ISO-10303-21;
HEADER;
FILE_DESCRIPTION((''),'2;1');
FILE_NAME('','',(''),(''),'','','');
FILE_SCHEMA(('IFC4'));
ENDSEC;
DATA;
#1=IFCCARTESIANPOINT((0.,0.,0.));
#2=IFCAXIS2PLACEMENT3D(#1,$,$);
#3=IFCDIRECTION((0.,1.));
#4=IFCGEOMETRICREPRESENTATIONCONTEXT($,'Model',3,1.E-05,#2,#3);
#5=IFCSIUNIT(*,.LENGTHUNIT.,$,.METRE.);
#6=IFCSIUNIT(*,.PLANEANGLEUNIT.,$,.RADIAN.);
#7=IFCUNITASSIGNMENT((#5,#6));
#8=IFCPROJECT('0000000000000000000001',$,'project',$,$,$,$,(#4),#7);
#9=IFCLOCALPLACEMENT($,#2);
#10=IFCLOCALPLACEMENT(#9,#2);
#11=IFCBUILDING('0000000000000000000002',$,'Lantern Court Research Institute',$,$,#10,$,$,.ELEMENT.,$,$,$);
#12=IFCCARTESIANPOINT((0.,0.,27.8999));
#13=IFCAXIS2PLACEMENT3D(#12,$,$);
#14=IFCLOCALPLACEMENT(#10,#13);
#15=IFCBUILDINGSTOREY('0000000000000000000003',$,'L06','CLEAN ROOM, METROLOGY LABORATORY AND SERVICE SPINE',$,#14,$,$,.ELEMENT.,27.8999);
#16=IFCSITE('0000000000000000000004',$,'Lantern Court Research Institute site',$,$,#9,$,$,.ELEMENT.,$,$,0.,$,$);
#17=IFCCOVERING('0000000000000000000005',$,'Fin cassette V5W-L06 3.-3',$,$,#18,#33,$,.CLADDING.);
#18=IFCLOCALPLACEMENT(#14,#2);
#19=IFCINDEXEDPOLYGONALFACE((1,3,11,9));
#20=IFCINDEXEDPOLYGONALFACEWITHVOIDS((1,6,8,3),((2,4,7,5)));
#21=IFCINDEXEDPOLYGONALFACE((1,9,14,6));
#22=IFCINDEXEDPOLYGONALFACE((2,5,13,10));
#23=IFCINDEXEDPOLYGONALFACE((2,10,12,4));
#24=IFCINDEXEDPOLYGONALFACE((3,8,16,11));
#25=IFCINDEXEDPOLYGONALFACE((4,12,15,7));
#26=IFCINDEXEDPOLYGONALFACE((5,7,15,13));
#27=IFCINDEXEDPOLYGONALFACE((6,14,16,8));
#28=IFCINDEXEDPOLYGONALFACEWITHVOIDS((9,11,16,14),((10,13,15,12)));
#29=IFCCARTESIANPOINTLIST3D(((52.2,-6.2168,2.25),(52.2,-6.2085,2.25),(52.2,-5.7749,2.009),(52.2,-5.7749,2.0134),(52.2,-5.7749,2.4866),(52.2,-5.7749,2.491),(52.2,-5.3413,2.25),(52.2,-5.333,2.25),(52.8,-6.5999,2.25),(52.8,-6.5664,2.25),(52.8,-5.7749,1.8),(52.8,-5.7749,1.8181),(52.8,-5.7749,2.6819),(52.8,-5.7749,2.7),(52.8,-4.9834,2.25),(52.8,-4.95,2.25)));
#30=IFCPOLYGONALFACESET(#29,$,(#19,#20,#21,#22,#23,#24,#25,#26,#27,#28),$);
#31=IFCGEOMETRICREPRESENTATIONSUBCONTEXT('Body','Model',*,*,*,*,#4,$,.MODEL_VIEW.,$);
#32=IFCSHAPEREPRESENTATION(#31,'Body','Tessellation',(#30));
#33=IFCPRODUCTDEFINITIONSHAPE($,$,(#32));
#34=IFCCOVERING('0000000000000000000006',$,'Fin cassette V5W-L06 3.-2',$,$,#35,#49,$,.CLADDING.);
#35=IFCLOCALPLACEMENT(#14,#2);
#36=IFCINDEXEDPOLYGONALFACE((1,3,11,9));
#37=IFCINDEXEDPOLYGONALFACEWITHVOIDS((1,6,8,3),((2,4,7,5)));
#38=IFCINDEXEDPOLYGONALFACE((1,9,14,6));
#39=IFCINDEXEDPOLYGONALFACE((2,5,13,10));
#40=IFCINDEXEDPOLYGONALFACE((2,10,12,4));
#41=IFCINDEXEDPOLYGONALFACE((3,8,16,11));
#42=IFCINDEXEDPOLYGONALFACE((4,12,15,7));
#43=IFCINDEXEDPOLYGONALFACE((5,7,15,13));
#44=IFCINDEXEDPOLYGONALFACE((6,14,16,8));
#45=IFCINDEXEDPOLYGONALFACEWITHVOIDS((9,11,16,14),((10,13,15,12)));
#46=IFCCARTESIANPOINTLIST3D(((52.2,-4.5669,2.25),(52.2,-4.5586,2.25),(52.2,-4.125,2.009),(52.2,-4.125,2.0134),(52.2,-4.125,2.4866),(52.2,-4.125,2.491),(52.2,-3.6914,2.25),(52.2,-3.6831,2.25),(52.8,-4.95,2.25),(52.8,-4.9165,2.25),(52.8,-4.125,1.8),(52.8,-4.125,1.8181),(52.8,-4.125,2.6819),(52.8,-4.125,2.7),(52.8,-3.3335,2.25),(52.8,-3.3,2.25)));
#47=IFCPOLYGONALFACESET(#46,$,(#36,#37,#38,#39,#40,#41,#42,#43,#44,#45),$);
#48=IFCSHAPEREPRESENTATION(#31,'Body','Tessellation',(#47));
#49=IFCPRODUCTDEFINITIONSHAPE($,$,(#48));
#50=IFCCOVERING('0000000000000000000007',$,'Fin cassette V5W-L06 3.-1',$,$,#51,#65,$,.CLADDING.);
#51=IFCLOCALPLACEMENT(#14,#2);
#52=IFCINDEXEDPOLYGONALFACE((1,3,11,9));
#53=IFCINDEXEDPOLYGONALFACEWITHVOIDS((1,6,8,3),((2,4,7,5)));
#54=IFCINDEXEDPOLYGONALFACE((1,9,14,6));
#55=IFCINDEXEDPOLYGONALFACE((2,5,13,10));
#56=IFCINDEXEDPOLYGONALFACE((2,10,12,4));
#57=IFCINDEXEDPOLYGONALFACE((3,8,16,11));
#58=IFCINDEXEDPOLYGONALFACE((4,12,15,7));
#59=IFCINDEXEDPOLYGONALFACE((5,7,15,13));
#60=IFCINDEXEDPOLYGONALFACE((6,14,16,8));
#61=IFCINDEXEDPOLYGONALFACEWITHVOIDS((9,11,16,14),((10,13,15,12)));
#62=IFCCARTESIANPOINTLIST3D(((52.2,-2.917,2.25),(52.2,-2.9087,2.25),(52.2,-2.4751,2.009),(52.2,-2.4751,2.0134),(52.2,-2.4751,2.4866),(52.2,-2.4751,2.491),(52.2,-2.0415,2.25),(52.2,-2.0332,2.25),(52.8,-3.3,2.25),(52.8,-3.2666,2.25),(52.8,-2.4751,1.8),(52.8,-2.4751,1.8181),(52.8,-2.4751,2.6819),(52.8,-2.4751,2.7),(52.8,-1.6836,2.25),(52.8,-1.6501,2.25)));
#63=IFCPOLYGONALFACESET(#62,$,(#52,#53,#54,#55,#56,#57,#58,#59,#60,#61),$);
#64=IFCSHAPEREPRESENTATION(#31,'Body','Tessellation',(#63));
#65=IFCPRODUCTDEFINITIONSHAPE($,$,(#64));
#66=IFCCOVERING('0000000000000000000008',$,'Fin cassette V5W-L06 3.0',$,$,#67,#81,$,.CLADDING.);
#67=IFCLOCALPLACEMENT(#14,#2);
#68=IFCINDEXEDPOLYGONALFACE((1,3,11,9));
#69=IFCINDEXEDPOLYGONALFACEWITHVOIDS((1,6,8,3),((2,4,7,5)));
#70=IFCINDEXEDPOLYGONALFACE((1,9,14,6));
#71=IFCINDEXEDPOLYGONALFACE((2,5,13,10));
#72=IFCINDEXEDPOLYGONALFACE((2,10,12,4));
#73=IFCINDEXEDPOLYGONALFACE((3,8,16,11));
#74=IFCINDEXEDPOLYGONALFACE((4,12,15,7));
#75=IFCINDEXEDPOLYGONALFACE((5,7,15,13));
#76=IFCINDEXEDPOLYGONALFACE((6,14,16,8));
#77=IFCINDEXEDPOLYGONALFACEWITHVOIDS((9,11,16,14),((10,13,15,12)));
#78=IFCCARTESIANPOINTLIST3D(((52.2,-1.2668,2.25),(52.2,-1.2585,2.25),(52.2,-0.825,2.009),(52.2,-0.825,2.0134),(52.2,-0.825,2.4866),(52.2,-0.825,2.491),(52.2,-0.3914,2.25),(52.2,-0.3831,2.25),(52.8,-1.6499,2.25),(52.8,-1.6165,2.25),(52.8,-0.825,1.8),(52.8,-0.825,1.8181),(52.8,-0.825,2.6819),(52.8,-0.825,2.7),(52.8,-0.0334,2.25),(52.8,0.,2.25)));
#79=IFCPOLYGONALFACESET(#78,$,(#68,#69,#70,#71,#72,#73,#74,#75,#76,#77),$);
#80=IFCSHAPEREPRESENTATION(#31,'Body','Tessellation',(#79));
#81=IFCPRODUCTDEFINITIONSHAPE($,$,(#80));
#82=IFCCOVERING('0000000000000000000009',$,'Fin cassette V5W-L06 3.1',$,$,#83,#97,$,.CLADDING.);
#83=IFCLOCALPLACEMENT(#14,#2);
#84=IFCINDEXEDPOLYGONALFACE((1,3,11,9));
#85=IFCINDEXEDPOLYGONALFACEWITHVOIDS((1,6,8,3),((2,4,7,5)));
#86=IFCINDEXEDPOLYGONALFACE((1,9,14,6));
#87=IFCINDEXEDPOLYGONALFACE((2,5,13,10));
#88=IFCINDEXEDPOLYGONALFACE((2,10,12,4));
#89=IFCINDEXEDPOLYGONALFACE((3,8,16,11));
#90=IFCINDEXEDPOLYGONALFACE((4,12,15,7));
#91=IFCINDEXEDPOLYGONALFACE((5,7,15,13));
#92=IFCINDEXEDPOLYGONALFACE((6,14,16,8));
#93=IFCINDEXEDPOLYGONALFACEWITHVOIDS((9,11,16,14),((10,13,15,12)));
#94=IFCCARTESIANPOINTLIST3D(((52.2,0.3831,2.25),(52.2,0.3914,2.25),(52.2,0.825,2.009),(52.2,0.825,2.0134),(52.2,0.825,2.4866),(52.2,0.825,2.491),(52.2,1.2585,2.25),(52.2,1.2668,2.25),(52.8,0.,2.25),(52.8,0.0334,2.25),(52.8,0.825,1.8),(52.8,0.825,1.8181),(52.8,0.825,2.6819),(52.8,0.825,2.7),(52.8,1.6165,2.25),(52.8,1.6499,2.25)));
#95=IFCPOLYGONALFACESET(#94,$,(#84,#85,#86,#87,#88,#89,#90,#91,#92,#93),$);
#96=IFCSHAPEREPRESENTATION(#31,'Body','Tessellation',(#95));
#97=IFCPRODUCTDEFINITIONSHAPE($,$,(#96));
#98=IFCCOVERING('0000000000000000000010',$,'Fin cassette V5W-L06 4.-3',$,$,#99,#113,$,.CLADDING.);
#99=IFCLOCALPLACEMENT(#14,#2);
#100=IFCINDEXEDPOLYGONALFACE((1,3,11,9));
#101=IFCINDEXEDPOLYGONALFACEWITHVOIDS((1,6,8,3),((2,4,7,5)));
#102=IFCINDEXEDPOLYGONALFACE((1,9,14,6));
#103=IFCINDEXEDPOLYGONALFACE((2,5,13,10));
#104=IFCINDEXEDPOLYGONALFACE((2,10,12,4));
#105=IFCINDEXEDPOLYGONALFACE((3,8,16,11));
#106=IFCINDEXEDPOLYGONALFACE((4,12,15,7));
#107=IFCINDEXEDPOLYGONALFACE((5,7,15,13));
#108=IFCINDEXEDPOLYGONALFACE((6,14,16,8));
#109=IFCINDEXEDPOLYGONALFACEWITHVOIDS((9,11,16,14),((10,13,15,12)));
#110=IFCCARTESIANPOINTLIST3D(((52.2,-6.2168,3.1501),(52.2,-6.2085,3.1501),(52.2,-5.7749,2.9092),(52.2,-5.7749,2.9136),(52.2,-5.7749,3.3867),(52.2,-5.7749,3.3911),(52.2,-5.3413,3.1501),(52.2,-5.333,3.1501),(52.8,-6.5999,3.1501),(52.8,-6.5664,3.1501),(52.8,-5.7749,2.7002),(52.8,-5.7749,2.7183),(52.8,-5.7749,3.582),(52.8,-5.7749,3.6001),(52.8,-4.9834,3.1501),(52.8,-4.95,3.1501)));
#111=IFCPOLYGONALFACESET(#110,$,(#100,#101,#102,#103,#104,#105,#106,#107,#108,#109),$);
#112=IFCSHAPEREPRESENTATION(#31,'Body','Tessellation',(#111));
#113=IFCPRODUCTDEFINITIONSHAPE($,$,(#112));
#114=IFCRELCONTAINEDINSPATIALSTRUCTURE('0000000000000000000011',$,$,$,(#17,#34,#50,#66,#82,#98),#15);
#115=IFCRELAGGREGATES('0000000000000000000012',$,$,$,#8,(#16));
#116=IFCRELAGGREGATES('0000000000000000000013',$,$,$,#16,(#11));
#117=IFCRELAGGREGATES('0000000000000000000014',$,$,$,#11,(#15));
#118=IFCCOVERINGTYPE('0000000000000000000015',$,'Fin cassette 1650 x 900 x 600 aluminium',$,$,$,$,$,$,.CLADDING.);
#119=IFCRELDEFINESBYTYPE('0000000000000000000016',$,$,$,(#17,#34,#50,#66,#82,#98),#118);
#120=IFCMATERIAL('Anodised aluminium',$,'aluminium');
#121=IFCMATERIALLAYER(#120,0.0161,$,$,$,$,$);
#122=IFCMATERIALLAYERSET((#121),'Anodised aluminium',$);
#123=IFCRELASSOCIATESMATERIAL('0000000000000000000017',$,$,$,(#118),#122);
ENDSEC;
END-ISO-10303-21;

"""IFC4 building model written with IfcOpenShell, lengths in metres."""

from ifc_helpers import new_model, entity, si_unit, direction, frame, origin, place, context, subcontext, project, spatial, material, layer, layer_set, type_object, element, save


model = new_model("IFC4")

# Units and contexts
model_context = context("Model", 3, precision=1e-05, world=origin(), true_north=direction((0.0, 1.0)))
body_context = subcontext(model_context, "Body", "Model", "MODEL_VIEW")
ifc_project = project(units=[si_unit("LENGTHUNIT", "METRE"), si_unit("PLANEANGLEUNIT", "RADIAN")], contexts=[model_context])

# Site, building, storey
site_placement = place(None, origin())
site = spatial("IfcSite", under=ifc_project, at=site_placement, Name="Lantern Court Research Institute site", CompositionType="ELEMENT", RefElevation=0.0)
building_placement = place(site_placement, origin())
building = spatial("IfcBuilding", under=site, at=building_placement, Name="Lantern Court Research Institute", CompositionType="ELEMENT")
storey_placement = place(building_placement, frame((0.0, 0.0, 27.8999)))
storey = spatial("IfcBuildingStorey", under=building, at=storey_placement, Name="L06", Description="CLEAN ROOM, METROLOGY LABORATORY AND SERVICE SPINE", CompositionType="ELEMENT", Elevation=27.8999)

# Coverings
ifc_material_1 = material(Name="Anodised aluminium", Category="aluminium")
ifc_layer = layer(ifc_material_1, 0.0161)
ifc_layer_set = layer_set([ifc_layer], Name="Anodised aluminium")
covering_type = type_object("IfcCoveringType", Name="Fin cassette 1650 x 900 x 600 aluminium", PredefinedType="CLADDING", material=ifc_layer_set)
covering_1_placement = place(storey_placement, frame((52.8, -5.7749, 2.25), z_axis=(-1.0, 0.0, 0.0), x_axis=(0.0, -1.0, 0.0)))
cartesian_point_1 = entity("IfcCartesianPoint", [0.825, 0.0])
cartesian_point_2 = entity("IfcCartesianPoint", [0.7915, 0.0])
cartesian_point_3 = entity("IfcCartesianPoint", [0.4419, 0.0])
cartesian_point_4 = entity("IfcCartesianPoint", [0.4336, 0.0])
element("IfcCovering", 1, at=covering_1_placement, inside=storey, type_object=covering_type, Name="Fin cassette V5W-L06 3.-3", PredefinedType="CLADDING", context=body_context, shape_type="SweptSolid", body=[
    entity("IfcExtrudedAreaSolidTapered", entity("IfcArbitraryProfileDefWithVoids", "AREA", None, entity("IfcPolyline", [cartesian_point_1, entity("IfcCartesianPoint", [0.0, 0.45]), entity("IfcCartesianPoint", [-0.825, 0.0]), entity("IfcCartesianPoint", [0.0, -0.45]), cartesian_point_1]), [entity("IfcPolyline", [cartesian_point_2, entity("IfcCartesianPoint", [0.0, 0.4319]), entity("IfcCartesianPoint", [-0.7915, 0.0]), entity("IfcCartesianPoint", [0.0, -0.4319]), cartesian_point_2])]), entity("IfcAxis2Placement3D", entity("IfcCartesianPoint", [0.0, 0.0, 0.0])), entity("IfcDirection", [0.0, 0.0, 1.0]), 0.6001, entity("IfcArbitraryProfileDefWithVoids", "AREA", None, entity("IfcPolyline", [cartesian_point_3, entity("IfcCartesianPoint", [0.0, 0.241]), entity("IfcCartesianPoint", [-0.4419, 0.0]), entity("IfcCartesianPoint", [0.0, -0.241]), cartesian_point_3]), [entity("IfcPolyline", [cartesian_point_4, entity("IfcCartesianPoint", [0.0, 0.2366]), entity("IfcCartesianPoint", [-0.4336, 0.0]), entity("IfcCartesianPoint", [0.0, -0.2366]), cartesian_point_4])])),
])
covering_2_placement = place(storey_placement, frame((52.8, -4.125, 2.25), z_axis=(-1.0, 0.0, 0.0), x_axis=(0.0, -1.0, 0.0)))
cartesian_point_5 = entity("IfcCartesianPoint", [0.825, 0.0])
cartesian_point_6 = entity("IfcCartesianPoint", [0.7915, 0.0])
cartesian_point_7 = entity("IfcCartesianPoint", [0.4419, 0.0])
cartesian_point_8 = entity("IfcCartesianPoint", [0.4336, 0.0])
element("IfcCovering", 2, at=covering_2_placement, inside=storey, type_object=covering_type, Name="Fin cassette V5W-L06 3.-2", PredefinedType="CLADDING", context=body_context, shape_type="SweptSolid", body=[
    entity("IfcExtrudedAreaSolidTapered", entity("IfcArbitraryProfileDefWithVoids", "AREA", None, entity("IfcPolyline", [cartesian_point_5, entity("IfcCartesianPoint", [0.0, 0.45]), entity("IfcCartesianPoint", [-0.825, 0.0]), entity("IfcCartesianPoint", [0.0, -0.45]), cartesian_point_5]), [entity("IfcPolyline", [cartesian_point_6, entity("IfcCartesianPoint", [0.0, 0.4319]), entity("IfcCartesianPoint", [-0.7915, 0.0]), entity("IfcCartesianPoint", [0.0, -0.4319]), cartesian_point_6])]), entity("IfcAxis2Placement3D", entity("IfcCartesianPoint", [0.0, 0.0, 0.0])), entity("IfcDirection", [0.0, 0.0, 1.0]), 0.6001, entity("IfcArbitraryProfileDefWithVoids", "AREA", None, entity("IfcPolyline", [cartesian_point_7, entity("IfcCartesianPoint", [0.0, 0.241]), entity("IfcCartesianPoint", [-0.4419, 0.0]), entity("IfcCartesianPoint", [0.0, -0.241]), cartesian_point_7]), [entity("IfcPolyline", [cartesian_point_8, entity("IfcCartesianPoint", [0.0, 0.2366]), entity("IfcCartesianPoint", [-0.4336, 0.0]), entity("IfcCartesianPoint", [0.0, -0.2366]), cartesian_point_8])])),
])
covering_3_placement = place(storey_placement, frame((52.8, -2.4751, 2.25), z_axis=(-1.0, 0.0, 0.0), x_axis=(0.0, -1.0, 0.0)))
cartesian_point_9 = entity("IfcCartesianPoint", [0.825, 0.0])
cartesian_point_10 = entity("IfcCartesianPoint", [0.7915, 0.0])
cartesian_point_11 = entity("IfcCartesianPoint", [0.4419, 0.0])
cartesian_point_12 = entity("IfcCartesianPoint", [0.4336, 0.0])
element("IfcCovering", 3, at=covering_3_placement, inside=storey, type_object=covering_type, Name="Fin cassette V5W-L06 3.-1", PredefinedType="CLADDING", context=body_context, shape_type="SweptSolid", body=[
    entity("IfcExtrudedAreaSolidTapered", entity("IfcArbitraryProfileDefWithVoids", "AREA", None, entity("IfcPolyline", [cartesian_point_9, entity("IfcCartesianPoint", [0.0, 0.45]), entity("IfcCartesianPoint", [-0.825, 0.0]), entity("IfcCartesianPoint", [0.0, -0.45]), cartesian_point_9]), [entity("IfcPolyline", [cartesian_point_10, entity("IfcCartesianPoint", [0.0, 0.4319]), entity("IfcCartesianPoint", [-0.7915, 0.0]), entity("IfcCartesianPoint", [0.0, -0.4319]), cartesian_point_10])]), entity("IfcAxis2Placement3D", entity("IfcCartesianPoint", [0.0, 0.0, 0.0])), entity("IfcDirection", [0.0, 0.0, 1.0]), 0.6001, entity("IfcArbitraryProfileDefWithVoids", "AREA", None, entity("IfcPolyline", [cartesian_point_11, entity("IfcCartesianPoint", [0.0, 0.241]), entity("IfcCartesianPoint", [-0.4419, 0.0]), entity("IfcCartesianPoint", [0.0, -0.241]), cartesian_point_11]), [entity("IfcPolyline", [cartesian_point_12, entity("IfcCartesianPoint", [0.0, 0.2366]), entity("IfcCartesianPoint", [-0.4336, 0.0]), entity("IfcCartesianPoint", [0.0, -0.2366]), cartesian_point_12])])),
])
covering_4_placement = place(storey_placement, frame((52.8, -0.825, 2.25), z_axis=(-1.0, 0.0, 0.0), x_axis=(0.0, -1.0, 0.0)))
cartesian_point_13 = entity("IfcCartesianPoint", [0.825, 0.0])
cartesian_point_14 = entity("IfcCartesianPoint", [0.7915, 0.0])
cartesian_point_15 = entity("IfcCartesianPoint", [0.4419, 0.0])
cartesian_point_16 = entity("IfcCartesianPoint", [0.4336, 0.0])
element("IfcCovering", 4, at=covering_4_placement, inside=storey, type_object=covering_type, Name="Fin cassette V5W-L06 3.0", PredefinedType="CLADDING", context=body_context, shape_type="SweptSolid", body=[
    entity("IfcExtrudedAreaSolidTapered", entity("IfcArbitraryProfileDefWithVoids", "AREA", None, entity("IfcPolyline", [cartesian_point_13, entity("IfcCartesianPoint", [0.0, 0.45]), entity("IfcCartesianPoint", [-0.825, 0.0]), entity("IfcCartesianPoint", [0.0, -0.45]), cartesian_point_13]), [entity("IfcPolyline", [cartesian_point_14, entity("IfcCartesianPoint", [0.0, 0.4319]), entity("IfcCartesianPoint", [-0.7915, 0.0]), entity("IfcCartesianPoint", [0.0, -0.4319]), cartesian_point_14])]), entity("IfcAxis2Placement3D", entity("IfcCartesianPoint", [0.0, 0.0, 0.0])), entity("IfcDirection", [0.0, 0.0, 1.0]), 0.6001, entity("IfcArbitraryProfileDefWithVoids", "AREA", None, entity("IfcPolyline", [cartesian_point_15, entity("IfcCartesianPoint", [0.0, 0.241]), entity("IfcCartesianPoint", [-0.4419, 0.0]), entity("IfcCartesianPoint", [0.0, -0.241]), cartesian_point_15]), [entity("IfcPolyline", [cartesian_point_16, entity("IfcCartesianPoint", [0.0, 0.2366]), entity("IfcCartesianPoint", [-0.4336, 0.0]), entity("IfcCartesianPoint", [0.0, -0.2366]), cartesian_point_16])])),
])
covering_5_placement = place(storey_placement, frame((52.8, 0.825, 2.25), z_axis=(-1.0, 0.0, 0.0), x_axis=(0.0, -1.0, 0.0)))
cartesian_point_17 = entity("IfcCartesianPoint", [0.825, 0.0])
cartesian_point_18 = entity("IfcCartesianPoint", [0.7915, 0.0])
cartesian_point_19 = entity("IfcCartesianPoint", [0.4419, 0.0])
cartesian_point_20 = entity("IfcCartesianPoint", [0.4336, 0.0])
element("IfcCovering", 5, at=covering_5_placement, inside=storey, type_object=covering_type, Name="Fin cassette V5W-L06 3.1", PredefinedType="CLADDING", context=body_context, shape_type="SweptSolid", body=[
    entity("IfcExtrudedAreaSolidTapered", entity("IfcArbitraryProfileDefWithVoids", "AREA", None, entity("IfcPolyline", [cartesian_point_17, entity("IfcCartesianPoint", [0.0, 0.45]), entity("IfcCartesianPoint", [-0.825, 0.0]), entity("IfcCartesianPoint", [0.0, -0.45]), cartesian_point_17]), [entity("IfcPolyline", [cartesian_point_18, entity("IfcCartesianPoint", [0.0, 0.4319]), entity("IfcCartesianPoint", [-0.7915, 0.0]), entity("IfcCartesianPoint", [0.0, -0.4319]), cartesian_point_18])]), entity("IfcAxis2Placement3D", entity("IfcCartesianPoint", [0.0, 0.0, 0.0])), entity("IfcDirection", [0.0, 0.0, 1.0]), 0.6001, entity("IfcArbitraryProfileDefWithVoids", "AREA", None, entity("IfcPolyline", [cartesian_point_19, entity("IfcCartesianPoint", [0.0, 0.241]), entity("IfcCartesianPoint", [-0.4419, 0.0]), entity("IfcCartesianPoint", [0.0, -0.241]), cartesian_point_19]), [entity("IfcPolyline", [cartesian_point_20, entity("IfcCartesianPoint", [0.0, 0.2366]), entity("IfcCartesianPoint", [-0.4336, 0.0]), entity("IfcCartesianPoint", [0.0, -0.2366]), cartesian_point_20])])),
])
covering_6_placement = place(storey_placement, frame((52.8, -5.7749, 3.1501), z_axis=(-1.0, 0.0, 0.0), x_axis=(0.0, -1.0, 0.0)))
cartesian_point_21 = entity("IfcCartesianPoint", [0.825, 0.0])
cartesian_point_22 = entity("IfcCartesianPoint", [0.7915, 0.0])
cartesian_point_23 = entity("IfcCartesianPoint", [0.4419, 0.0])
cartesian_point_24 = entity("IfcCartesianPoint", [0.4336, 0.0])
element("IfcCovering", 6, at=covering_6_placement, inside=storey, type_object=covering_type, Name="Fin cassette V5W-L06 4.-3", PredefinedType="CLADDING", context=body_context, shape_type="SweptSolid", body=[
    entity("IfcExtrudedAreaSolidTapered", entity("IfcArbitraryProfileDefWithVoids", "AREA", None, entity("IfcPolyline", [cartesian_point_21, entity("IfcCartesianPoint", [0.0, 0.45]), entity("IfcCartesianPoint", [-0.825, 0.0]), entity("IfcCartesianPoint", [0.0, -0.45]), cartesian_point_21]), [entity("IfcPolyline", [cartesian_point_22, entity("IfcCartesianPoint", [0.0, 0.4319]), entity("IfcCartesianPoint", [-0.7915, 0.0]), entity("IfcCartesianPoint", [0.0, -0.4319]), cartesian_point_22])]), entity("IfcAxis2Placement3D", entity("IfcCartesianPoint", [0.0, 0.0, 0.0])), entity("IfcDirection", [0.0, 0.0, 1.0]), 0.6001, entity("IfcArbitraryProfileDefWithVoids", "AREA", None, entity("IfcPolyline", [cartesian_point_23, entity("IfcCartesianPoint", [0.0, 0.241]), entity("IfcCartesianPoint", [-0.4419, 0.0]), entity("IfcCartesianPoint", [0.0, -0.241]), cartesian_point_23]), [entity("IfcPolyline", [cartesian_point_24, entity("IfcCartesianPoint", [0.0, 0.2366]), entity("IfcCartesianPoint", [-0.4336, 0.0]), entity("IfcCartesianPoint", [0.0, -0.2366]), cartesian_point_24])])),
])

save(model, "model.ifc")
